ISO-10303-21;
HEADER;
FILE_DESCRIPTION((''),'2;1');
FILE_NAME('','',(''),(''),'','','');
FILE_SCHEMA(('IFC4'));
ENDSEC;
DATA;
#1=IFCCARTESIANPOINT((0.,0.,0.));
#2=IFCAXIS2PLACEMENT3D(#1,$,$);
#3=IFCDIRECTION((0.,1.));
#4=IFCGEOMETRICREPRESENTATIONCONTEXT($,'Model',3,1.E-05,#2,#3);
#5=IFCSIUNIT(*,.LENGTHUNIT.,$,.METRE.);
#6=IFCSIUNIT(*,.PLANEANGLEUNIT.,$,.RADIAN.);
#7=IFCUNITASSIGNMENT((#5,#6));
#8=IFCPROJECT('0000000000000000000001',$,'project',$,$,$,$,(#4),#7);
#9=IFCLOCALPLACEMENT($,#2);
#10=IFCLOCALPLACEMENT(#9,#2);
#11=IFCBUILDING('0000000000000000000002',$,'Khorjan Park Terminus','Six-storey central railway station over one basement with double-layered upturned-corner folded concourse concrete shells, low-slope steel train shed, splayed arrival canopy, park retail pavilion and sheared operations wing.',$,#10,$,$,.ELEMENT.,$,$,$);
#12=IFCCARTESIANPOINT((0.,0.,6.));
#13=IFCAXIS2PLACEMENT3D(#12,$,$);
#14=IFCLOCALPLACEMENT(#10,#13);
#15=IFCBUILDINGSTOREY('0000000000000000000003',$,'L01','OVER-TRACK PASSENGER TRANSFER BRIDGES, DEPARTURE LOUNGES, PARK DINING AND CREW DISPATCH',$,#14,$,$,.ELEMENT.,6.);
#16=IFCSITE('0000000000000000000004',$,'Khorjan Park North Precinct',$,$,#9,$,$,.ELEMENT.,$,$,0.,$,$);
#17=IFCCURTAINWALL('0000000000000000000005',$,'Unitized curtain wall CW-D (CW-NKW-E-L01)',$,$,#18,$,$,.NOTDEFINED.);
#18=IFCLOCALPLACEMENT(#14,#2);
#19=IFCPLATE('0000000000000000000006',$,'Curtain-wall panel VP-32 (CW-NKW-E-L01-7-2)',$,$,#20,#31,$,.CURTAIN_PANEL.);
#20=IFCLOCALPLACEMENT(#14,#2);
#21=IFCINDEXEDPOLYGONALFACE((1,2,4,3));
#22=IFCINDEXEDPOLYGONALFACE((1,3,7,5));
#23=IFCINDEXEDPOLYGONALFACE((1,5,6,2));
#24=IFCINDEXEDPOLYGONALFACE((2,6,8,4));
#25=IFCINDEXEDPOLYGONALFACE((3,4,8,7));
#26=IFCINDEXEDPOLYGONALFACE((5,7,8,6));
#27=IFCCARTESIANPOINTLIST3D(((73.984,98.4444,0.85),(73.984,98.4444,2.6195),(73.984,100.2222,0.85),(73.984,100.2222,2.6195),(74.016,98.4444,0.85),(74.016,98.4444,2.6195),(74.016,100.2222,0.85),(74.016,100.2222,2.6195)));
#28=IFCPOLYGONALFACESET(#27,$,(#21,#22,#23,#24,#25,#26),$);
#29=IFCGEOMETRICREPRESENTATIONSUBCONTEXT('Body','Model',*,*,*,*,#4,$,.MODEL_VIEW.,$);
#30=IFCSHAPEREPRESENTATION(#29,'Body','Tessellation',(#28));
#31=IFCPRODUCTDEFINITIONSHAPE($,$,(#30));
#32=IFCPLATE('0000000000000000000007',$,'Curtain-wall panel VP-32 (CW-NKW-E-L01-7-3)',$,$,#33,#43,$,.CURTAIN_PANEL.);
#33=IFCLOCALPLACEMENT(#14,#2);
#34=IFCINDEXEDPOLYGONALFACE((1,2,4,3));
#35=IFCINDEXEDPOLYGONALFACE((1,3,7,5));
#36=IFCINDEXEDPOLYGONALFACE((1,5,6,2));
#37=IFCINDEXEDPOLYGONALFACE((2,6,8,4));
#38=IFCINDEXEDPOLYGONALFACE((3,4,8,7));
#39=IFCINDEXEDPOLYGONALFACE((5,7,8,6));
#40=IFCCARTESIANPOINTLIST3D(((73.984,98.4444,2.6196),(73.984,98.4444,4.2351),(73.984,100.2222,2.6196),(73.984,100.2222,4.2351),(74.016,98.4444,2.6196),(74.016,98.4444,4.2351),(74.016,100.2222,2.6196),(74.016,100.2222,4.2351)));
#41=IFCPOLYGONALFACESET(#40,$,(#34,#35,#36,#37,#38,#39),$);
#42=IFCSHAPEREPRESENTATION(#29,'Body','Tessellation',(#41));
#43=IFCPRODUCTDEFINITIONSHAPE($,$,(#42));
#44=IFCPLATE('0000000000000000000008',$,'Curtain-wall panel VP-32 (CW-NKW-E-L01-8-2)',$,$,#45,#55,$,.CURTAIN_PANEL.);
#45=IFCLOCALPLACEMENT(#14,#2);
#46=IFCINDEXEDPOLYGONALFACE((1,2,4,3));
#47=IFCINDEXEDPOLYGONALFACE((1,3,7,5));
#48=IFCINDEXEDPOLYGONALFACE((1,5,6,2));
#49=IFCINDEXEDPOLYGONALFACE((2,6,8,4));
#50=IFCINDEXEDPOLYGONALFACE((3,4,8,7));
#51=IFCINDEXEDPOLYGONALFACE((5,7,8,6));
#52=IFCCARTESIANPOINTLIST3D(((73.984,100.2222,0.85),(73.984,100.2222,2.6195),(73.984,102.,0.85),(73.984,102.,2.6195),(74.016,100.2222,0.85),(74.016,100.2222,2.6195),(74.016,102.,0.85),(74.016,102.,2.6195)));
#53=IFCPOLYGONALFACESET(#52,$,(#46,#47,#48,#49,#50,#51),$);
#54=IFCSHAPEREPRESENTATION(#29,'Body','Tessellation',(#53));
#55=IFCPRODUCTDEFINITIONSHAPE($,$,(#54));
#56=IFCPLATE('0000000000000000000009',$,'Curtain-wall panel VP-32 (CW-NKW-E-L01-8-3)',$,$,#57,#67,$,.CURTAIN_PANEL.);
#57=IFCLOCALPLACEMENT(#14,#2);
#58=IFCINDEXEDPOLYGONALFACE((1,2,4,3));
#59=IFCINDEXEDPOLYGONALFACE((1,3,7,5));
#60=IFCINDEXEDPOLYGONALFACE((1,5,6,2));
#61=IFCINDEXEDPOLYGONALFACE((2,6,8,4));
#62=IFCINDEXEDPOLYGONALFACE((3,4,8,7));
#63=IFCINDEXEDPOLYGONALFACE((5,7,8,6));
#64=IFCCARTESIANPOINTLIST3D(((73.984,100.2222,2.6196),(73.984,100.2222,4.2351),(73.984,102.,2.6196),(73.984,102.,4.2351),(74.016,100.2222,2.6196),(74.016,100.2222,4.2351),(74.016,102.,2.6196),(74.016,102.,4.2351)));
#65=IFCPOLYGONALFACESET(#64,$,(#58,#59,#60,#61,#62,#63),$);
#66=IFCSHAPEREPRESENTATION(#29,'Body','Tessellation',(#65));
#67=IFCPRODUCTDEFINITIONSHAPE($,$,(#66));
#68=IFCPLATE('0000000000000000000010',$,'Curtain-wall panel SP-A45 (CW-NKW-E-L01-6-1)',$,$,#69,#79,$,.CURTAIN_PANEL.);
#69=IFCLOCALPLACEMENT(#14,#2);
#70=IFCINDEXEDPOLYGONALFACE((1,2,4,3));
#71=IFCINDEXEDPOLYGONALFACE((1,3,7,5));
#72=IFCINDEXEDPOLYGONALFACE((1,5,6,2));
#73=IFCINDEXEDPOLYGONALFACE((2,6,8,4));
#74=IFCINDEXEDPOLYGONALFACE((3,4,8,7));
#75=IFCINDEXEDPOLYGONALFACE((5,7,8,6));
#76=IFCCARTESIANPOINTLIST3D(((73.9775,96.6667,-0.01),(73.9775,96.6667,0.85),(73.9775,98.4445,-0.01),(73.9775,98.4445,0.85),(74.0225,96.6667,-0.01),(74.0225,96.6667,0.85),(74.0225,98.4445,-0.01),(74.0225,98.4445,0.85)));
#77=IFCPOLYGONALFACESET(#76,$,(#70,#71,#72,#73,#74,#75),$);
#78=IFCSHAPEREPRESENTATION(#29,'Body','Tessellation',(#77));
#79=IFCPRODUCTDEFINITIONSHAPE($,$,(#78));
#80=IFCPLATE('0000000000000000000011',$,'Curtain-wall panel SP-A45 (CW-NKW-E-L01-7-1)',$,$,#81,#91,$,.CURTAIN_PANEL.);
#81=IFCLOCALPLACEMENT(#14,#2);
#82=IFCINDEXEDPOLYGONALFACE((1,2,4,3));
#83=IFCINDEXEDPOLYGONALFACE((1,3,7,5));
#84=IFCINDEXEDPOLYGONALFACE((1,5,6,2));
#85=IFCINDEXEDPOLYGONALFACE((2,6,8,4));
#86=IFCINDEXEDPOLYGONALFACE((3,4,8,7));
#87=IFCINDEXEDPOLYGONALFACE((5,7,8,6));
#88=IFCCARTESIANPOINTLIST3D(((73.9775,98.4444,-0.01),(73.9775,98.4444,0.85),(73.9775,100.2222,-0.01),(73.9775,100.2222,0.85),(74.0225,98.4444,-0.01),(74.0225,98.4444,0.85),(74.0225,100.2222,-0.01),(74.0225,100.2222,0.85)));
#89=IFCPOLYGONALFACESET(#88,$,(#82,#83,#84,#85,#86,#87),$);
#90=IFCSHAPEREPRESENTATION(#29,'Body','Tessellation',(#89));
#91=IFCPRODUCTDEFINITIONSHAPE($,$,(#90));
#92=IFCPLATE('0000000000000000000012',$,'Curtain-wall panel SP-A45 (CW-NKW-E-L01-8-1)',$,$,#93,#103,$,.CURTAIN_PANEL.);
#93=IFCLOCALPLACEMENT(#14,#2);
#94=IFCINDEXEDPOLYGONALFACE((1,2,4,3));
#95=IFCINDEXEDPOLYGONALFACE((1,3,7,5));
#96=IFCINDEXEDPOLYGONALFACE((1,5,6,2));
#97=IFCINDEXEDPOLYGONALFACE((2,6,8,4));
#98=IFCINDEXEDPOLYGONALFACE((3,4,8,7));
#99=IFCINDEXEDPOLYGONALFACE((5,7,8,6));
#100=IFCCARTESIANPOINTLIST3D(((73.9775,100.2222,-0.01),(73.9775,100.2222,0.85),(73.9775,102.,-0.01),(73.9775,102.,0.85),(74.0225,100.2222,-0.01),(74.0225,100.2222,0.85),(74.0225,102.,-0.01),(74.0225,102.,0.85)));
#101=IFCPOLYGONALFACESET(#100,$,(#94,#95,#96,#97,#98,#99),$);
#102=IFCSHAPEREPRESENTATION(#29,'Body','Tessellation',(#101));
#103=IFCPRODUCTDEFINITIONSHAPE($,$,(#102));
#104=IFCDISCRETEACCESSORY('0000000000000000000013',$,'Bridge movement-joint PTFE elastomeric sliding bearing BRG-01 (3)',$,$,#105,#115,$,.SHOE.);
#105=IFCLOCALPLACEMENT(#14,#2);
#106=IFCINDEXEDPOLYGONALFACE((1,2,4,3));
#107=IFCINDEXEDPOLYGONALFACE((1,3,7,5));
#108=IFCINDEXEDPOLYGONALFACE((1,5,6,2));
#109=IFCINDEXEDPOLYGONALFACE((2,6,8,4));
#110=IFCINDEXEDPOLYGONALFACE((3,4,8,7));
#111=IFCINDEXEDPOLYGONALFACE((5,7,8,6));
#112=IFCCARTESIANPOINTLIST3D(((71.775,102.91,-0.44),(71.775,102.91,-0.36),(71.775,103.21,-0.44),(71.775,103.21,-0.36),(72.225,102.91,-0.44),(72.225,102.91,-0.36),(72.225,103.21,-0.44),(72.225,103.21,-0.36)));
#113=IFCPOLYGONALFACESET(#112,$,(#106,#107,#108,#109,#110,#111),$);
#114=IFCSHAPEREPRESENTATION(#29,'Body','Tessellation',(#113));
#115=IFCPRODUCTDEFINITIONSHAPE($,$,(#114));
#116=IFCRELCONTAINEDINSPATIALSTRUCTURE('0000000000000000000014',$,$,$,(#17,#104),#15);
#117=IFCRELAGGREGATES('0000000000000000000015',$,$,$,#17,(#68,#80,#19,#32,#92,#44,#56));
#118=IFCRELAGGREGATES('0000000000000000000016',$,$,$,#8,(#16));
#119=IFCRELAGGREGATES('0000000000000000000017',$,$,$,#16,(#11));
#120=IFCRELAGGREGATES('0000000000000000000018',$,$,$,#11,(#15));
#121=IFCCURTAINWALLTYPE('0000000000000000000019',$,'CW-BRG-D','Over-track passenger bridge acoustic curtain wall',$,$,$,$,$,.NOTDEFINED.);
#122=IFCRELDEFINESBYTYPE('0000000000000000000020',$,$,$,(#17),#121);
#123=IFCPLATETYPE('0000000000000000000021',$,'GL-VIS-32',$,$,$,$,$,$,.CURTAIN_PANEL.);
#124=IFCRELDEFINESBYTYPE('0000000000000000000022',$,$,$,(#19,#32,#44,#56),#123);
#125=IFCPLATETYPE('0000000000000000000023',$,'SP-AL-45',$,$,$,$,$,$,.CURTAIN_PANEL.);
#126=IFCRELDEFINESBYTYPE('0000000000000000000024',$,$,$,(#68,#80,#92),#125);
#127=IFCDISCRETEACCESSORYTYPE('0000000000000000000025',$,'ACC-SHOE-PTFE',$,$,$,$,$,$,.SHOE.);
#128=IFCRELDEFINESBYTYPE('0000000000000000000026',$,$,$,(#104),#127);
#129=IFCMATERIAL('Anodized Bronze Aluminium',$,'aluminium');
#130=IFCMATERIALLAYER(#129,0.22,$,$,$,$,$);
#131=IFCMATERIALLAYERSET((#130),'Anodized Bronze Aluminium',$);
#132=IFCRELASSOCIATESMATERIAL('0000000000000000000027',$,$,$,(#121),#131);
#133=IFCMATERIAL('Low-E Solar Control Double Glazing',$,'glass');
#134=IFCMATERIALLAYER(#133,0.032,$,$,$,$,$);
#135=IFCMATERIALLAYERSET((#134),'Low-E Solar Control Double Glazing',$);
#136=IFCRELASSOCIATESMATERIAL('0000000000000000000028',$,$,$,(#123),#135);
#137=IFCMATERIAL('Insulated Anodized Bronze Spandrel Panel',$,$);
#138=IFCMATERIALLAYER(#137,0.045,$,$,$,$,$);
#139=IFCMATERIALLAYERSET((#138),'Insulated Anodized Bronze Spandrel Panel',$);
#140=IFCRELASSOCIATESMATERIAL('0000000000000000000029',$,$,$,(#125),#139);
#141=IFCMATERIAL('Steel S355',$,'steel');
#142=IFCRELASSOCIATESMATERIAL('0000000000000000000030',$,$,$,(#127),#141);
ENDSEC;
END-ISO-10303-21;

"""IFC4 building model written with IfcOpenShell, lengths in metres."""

from ifc_helpers import new_model, si_unit, direction, frame, origin, origin_2d, place, context, subcontext, project, spatial, rectangle, extrude, material, layer, layer_set, type_object, element, aggregate, save


model = new_model("IFC4")

# Units and contexts
model_context = context("Model", 3, precision=1e-05, world=origin(), true_north=direction((0.0, 1.0)))
body_context = subcontext(model_context, "Body", "Model", "MODEL_VIEW")
ifc_project = project(units=[si_unit("LENGTHUNIT", "METRE"), si_unit("PLANEANGLEUNIT", "RADIAN")], contexts=[model_context])

# Site, building, storey
site_placement = place(None, origin())
site = spatial("IfcSite", under=ifc_project, at=site_placement, Name="Khorjan Park North Precinct", CompositionType="ELEMENT", RefElevation=0.0)
building_placement = place(site_placement, origin())
building = spatial("IfcBuilding", under=site, at=building_placement, Name="Khorjan Park Terminus", Description="Six-storey central railway station over one basement with double-layered upturned-corner folded concourse concrete shells, low-slope steel train shed, splayed arrival canopy, park retail pavilion and sheared operations wing.", CompositionType="ELEMENT")
storey_placement = place(building_placement, frame((0.0, 0.0, 6.0)))
storey = spatial("IfcBuildingStorey", under=building, at=storey_placement, Name="L01", Description="OVER-TRACK PASSENGER TRANSFER BRIDGES, DEPARTURE LOUNGES, PARK DINING AND CREW DISPATCH", CompositionType="ELEMENT", Elevation=6.0)

# Shared definitions
ifc_material_1 = material(Name="Steel S355", Category="steel")

# Curtain wall, plates
ifc_material_2 = material(Name="Anodized Bronze Aluminium", Category="aluminium")
ifc_layer_1 = layer(ifc_material_2, 0.22)
ifc_layer_set_1 = layer_set([ifc_layer_1], Name="Anodized Bronze Aluminium")
curtain_wall_type = type_object("IfcCurtainWallType", Name="CW-BRG-D", Description="Over-track passenger bridge acoustic curtain wall", PredefinedType="NOTDEFINED", material=ifc_layer_set_1)
curtain_wall_placement = place(storey_placement, origin())
curtain_wall = element("IfcCurtainWall", 1, at=curtain_wall_placement, inside=storey, type_object=curtain_wall_type, Name="Unitized curtain wall CW-D (CW-NKW-E-L01)", PredefinedType="NOTDEFINED")
ifc_material_3 = material(Name="Low-E Solar Control Double Glazing", Category="glass")
ifc_layer_2 = layer(ifc_material_3, 0.032)
ifc_layer_set_2 = layer_set([ifc_layer_2], Name="Low-E Solar Control Double Glazing")
plate_type_1 = type_object("IfcPlateType", Name="GL-VIS-32", PredefinedType="CURTAIN_PANEL", material=ifc_layer_set_2)
plate_1_placement = place(storey_placement, frame((74.0, 99.3333, 0.85), z_axis=(0.0, 0.0, 1.0), x_axis=(0.0, 1.0, 0.0)))
plate_1 = element("IfcPlate", 2, at=plate_1_placement, type_object=plate_type_1, Name="Curtain-wall panel VP-32 (CW-NKW-E-L01-7-2)", PredefinedType="CURTAIN_PANEL", context=body_context, shape_type="SweptSolid", body=[
    extrude(rectangle(XDim=1.7778, YDim=0.032, at=origin_2d()), origin(), (0.0, 0.0, 1.0), 1.7695),
])
plate_2_placement = place(storey_placement, frame((74.0, 99.3333, 2.6196), z_axis=(0.0, 0.0, 1.0), x_axis=(0.0, 1.0, 0.0)))
plate_2 = element("IfcPlate", 3, at=plate_2_placement, type_object=plate_type_1, Name="Curtain-wall panel VP-32 (CW-NKW-E-L01-7-3)", PredefinedType="CURTAIN_PANEL", context=body_context, shape_type="SweptSolid", body=[
    extrude(rectangle(XDim=1.7778, YDim=0.032, at=origin_2d()), origin(), (0.0, 0.0, 1.0), 1.6155),
])
plate_3_placement = place(storey_placement, frame((74.0, 101.1111, 0.85), z_axis=(0.0, 0.0, 1.0), x_axis=(0.0, 1.0, 0.0)))
plate_3 = element("IfcPlate", 4, at=plate_3_placement, type_object=plate_type_1, Name="Curtain-wall panel VP-32 (CW-NKW-E-L01-8-2)", PredefinedType="CURTAIN_PANEL", context=body_context, shape_type="SweptSolid", body=[
    extrude(rectangle(XDim=1.7778, YDim=0.032, at=origin_2d()), origin(), (0.0, 0.0, 1.0), 1.7695),
])
plate_4_placement = place(storey_placement, frame((74.0, 101.1111, 2.6196), z_axis=(0.0, 0.0, 1.0), x_axis=(0.0, 1.0, 0.0)))
plate_4 = element("IfcPlate", 5, at=plate_4_placement, type_object=plate_type_1, Name="Curtain-wall panel VP-32 (CW-NKW-E-L01-8-3)", PredefinedType="CURTAIN_PANEL", context=body_context, shape_type="SweptSolid", body=[
    extrude(rectangle(XDim=1.7778, YDim=0.032, at=origin_2d()), origin(), (0.0, 0.0, 1.0), 1.6155),
])
ifc_material_4 = material(Name="Insulated Anodized Bronze Spandrel Panel")
ifc_layer_3 = layer(ifc_material_4, 0.045)
ifc_layer_set_3 = layer_set([ifc_layer_3], Name="Insulated Anodized Bronze Spandrel Panel")
plate_type_2 = type_object("IfcPlateType", Name="SP-AL-45", PredefinedType="CURTAIN_PANEL", material=ifc_layer_set_3)
plate_5_placement = place(storey_placement, frame((74.0, 97.5556, -0.01), z_axis=(0.0, 0.0, 1.0), x_axis=(0.0, 1.0, 0.0)))
plate_5 = element("IfcPlate", 6, at=plate_5_placement, type_object=plate_type_2, Name="Curtain-wall panel SP-A45 (CW-NKW-E-L01-6-1)", PredefinedType="CURTAIN_PANEL", context=body_context, shape_type="SweptSolid", body=[
    extrude(rectangle(XDim=1.7778, YDim=0.045, at=origin_2d()), origin(), (0.0, 0.0, 1.0), 0.86),
])
plate_6_placement = place(storey_placement, frame((74.0, 99.3333, -0.01), z_axis=(0.0, 0.0, 1.0), x_axis=(0.0, 1.0, 0.0)))
plate_6 = element("IfcPlate", 7, at=plate_6_placement, type_object=plate_type_2, Name="Curtain-wall panel SP-A45 (CW-NKW-E-L01-7-1)", PredefinedType="CURTAIN_PANEL", context=body_context, shape_type="SweptSolid", body=[
    extrude(rectangle(XDim=1.7778, YDim=0.045, at=origin_2d()), origin(), (0.0, 0.0, 1.0), 0.86),
])
plate_7_placement = place(storey_placement, frame((74.0, 101.1111, -0.01), z_axis=(0.0, 0.0, 1.0), x_axis=(0.0, 1.0, 0.0)))
plate_7 = element("IfcPlate", 8, at=plate_7_placement, type_object=plate_type_2, Name="Curtain-wall panel SP-A45 (CW-NKW-E-L01-8-1)", PredefinedType="CURTAIN_PANEL", context=body_context, shape_type="SweptSolid", body=[
    extrude(rectangle(XDim=1.7778, YDim=0.045, at=origin_2d()), origin(), (0.0, 0.0, 1.0), 0.86),
])
aggregate(curtain_wall, [plate_5, plate_6, plate_1, plate_2, plate_7, plate_3, plate_4])

# Discrete accessory
discrete_accessory_type = type_object("IfcDiscreteAccessoryType", Name="ACC-SHOE-PTFE", PredefinedType="SHOE", material=ifc_material_1)
discrete_accessory_placement = place(storey_placement, frame((72.0, 103.06, -0.44), z_axis=(0.0, 0.0, 1.0), x_axis=(1.0, 0.0, 0.0)))
element("IfcDiscreteAccessory", 9, at=discrete_accessory_placement, inside=storey, type_object=discrete_accessory_type, Name="Bridge movement-joint PTFE elastomeric sliding bearing BRG-01 (3)", PredefinedType="SHOE", context=body_context, shape_type="SweptSolid", body=[
    extrude(rectangle(XDim=0.45, YDim=0.3, at=origin_2d()), origin(), (0.0, 0.0, 1.0), 0.08),
])

save(model, "model.ifc")
